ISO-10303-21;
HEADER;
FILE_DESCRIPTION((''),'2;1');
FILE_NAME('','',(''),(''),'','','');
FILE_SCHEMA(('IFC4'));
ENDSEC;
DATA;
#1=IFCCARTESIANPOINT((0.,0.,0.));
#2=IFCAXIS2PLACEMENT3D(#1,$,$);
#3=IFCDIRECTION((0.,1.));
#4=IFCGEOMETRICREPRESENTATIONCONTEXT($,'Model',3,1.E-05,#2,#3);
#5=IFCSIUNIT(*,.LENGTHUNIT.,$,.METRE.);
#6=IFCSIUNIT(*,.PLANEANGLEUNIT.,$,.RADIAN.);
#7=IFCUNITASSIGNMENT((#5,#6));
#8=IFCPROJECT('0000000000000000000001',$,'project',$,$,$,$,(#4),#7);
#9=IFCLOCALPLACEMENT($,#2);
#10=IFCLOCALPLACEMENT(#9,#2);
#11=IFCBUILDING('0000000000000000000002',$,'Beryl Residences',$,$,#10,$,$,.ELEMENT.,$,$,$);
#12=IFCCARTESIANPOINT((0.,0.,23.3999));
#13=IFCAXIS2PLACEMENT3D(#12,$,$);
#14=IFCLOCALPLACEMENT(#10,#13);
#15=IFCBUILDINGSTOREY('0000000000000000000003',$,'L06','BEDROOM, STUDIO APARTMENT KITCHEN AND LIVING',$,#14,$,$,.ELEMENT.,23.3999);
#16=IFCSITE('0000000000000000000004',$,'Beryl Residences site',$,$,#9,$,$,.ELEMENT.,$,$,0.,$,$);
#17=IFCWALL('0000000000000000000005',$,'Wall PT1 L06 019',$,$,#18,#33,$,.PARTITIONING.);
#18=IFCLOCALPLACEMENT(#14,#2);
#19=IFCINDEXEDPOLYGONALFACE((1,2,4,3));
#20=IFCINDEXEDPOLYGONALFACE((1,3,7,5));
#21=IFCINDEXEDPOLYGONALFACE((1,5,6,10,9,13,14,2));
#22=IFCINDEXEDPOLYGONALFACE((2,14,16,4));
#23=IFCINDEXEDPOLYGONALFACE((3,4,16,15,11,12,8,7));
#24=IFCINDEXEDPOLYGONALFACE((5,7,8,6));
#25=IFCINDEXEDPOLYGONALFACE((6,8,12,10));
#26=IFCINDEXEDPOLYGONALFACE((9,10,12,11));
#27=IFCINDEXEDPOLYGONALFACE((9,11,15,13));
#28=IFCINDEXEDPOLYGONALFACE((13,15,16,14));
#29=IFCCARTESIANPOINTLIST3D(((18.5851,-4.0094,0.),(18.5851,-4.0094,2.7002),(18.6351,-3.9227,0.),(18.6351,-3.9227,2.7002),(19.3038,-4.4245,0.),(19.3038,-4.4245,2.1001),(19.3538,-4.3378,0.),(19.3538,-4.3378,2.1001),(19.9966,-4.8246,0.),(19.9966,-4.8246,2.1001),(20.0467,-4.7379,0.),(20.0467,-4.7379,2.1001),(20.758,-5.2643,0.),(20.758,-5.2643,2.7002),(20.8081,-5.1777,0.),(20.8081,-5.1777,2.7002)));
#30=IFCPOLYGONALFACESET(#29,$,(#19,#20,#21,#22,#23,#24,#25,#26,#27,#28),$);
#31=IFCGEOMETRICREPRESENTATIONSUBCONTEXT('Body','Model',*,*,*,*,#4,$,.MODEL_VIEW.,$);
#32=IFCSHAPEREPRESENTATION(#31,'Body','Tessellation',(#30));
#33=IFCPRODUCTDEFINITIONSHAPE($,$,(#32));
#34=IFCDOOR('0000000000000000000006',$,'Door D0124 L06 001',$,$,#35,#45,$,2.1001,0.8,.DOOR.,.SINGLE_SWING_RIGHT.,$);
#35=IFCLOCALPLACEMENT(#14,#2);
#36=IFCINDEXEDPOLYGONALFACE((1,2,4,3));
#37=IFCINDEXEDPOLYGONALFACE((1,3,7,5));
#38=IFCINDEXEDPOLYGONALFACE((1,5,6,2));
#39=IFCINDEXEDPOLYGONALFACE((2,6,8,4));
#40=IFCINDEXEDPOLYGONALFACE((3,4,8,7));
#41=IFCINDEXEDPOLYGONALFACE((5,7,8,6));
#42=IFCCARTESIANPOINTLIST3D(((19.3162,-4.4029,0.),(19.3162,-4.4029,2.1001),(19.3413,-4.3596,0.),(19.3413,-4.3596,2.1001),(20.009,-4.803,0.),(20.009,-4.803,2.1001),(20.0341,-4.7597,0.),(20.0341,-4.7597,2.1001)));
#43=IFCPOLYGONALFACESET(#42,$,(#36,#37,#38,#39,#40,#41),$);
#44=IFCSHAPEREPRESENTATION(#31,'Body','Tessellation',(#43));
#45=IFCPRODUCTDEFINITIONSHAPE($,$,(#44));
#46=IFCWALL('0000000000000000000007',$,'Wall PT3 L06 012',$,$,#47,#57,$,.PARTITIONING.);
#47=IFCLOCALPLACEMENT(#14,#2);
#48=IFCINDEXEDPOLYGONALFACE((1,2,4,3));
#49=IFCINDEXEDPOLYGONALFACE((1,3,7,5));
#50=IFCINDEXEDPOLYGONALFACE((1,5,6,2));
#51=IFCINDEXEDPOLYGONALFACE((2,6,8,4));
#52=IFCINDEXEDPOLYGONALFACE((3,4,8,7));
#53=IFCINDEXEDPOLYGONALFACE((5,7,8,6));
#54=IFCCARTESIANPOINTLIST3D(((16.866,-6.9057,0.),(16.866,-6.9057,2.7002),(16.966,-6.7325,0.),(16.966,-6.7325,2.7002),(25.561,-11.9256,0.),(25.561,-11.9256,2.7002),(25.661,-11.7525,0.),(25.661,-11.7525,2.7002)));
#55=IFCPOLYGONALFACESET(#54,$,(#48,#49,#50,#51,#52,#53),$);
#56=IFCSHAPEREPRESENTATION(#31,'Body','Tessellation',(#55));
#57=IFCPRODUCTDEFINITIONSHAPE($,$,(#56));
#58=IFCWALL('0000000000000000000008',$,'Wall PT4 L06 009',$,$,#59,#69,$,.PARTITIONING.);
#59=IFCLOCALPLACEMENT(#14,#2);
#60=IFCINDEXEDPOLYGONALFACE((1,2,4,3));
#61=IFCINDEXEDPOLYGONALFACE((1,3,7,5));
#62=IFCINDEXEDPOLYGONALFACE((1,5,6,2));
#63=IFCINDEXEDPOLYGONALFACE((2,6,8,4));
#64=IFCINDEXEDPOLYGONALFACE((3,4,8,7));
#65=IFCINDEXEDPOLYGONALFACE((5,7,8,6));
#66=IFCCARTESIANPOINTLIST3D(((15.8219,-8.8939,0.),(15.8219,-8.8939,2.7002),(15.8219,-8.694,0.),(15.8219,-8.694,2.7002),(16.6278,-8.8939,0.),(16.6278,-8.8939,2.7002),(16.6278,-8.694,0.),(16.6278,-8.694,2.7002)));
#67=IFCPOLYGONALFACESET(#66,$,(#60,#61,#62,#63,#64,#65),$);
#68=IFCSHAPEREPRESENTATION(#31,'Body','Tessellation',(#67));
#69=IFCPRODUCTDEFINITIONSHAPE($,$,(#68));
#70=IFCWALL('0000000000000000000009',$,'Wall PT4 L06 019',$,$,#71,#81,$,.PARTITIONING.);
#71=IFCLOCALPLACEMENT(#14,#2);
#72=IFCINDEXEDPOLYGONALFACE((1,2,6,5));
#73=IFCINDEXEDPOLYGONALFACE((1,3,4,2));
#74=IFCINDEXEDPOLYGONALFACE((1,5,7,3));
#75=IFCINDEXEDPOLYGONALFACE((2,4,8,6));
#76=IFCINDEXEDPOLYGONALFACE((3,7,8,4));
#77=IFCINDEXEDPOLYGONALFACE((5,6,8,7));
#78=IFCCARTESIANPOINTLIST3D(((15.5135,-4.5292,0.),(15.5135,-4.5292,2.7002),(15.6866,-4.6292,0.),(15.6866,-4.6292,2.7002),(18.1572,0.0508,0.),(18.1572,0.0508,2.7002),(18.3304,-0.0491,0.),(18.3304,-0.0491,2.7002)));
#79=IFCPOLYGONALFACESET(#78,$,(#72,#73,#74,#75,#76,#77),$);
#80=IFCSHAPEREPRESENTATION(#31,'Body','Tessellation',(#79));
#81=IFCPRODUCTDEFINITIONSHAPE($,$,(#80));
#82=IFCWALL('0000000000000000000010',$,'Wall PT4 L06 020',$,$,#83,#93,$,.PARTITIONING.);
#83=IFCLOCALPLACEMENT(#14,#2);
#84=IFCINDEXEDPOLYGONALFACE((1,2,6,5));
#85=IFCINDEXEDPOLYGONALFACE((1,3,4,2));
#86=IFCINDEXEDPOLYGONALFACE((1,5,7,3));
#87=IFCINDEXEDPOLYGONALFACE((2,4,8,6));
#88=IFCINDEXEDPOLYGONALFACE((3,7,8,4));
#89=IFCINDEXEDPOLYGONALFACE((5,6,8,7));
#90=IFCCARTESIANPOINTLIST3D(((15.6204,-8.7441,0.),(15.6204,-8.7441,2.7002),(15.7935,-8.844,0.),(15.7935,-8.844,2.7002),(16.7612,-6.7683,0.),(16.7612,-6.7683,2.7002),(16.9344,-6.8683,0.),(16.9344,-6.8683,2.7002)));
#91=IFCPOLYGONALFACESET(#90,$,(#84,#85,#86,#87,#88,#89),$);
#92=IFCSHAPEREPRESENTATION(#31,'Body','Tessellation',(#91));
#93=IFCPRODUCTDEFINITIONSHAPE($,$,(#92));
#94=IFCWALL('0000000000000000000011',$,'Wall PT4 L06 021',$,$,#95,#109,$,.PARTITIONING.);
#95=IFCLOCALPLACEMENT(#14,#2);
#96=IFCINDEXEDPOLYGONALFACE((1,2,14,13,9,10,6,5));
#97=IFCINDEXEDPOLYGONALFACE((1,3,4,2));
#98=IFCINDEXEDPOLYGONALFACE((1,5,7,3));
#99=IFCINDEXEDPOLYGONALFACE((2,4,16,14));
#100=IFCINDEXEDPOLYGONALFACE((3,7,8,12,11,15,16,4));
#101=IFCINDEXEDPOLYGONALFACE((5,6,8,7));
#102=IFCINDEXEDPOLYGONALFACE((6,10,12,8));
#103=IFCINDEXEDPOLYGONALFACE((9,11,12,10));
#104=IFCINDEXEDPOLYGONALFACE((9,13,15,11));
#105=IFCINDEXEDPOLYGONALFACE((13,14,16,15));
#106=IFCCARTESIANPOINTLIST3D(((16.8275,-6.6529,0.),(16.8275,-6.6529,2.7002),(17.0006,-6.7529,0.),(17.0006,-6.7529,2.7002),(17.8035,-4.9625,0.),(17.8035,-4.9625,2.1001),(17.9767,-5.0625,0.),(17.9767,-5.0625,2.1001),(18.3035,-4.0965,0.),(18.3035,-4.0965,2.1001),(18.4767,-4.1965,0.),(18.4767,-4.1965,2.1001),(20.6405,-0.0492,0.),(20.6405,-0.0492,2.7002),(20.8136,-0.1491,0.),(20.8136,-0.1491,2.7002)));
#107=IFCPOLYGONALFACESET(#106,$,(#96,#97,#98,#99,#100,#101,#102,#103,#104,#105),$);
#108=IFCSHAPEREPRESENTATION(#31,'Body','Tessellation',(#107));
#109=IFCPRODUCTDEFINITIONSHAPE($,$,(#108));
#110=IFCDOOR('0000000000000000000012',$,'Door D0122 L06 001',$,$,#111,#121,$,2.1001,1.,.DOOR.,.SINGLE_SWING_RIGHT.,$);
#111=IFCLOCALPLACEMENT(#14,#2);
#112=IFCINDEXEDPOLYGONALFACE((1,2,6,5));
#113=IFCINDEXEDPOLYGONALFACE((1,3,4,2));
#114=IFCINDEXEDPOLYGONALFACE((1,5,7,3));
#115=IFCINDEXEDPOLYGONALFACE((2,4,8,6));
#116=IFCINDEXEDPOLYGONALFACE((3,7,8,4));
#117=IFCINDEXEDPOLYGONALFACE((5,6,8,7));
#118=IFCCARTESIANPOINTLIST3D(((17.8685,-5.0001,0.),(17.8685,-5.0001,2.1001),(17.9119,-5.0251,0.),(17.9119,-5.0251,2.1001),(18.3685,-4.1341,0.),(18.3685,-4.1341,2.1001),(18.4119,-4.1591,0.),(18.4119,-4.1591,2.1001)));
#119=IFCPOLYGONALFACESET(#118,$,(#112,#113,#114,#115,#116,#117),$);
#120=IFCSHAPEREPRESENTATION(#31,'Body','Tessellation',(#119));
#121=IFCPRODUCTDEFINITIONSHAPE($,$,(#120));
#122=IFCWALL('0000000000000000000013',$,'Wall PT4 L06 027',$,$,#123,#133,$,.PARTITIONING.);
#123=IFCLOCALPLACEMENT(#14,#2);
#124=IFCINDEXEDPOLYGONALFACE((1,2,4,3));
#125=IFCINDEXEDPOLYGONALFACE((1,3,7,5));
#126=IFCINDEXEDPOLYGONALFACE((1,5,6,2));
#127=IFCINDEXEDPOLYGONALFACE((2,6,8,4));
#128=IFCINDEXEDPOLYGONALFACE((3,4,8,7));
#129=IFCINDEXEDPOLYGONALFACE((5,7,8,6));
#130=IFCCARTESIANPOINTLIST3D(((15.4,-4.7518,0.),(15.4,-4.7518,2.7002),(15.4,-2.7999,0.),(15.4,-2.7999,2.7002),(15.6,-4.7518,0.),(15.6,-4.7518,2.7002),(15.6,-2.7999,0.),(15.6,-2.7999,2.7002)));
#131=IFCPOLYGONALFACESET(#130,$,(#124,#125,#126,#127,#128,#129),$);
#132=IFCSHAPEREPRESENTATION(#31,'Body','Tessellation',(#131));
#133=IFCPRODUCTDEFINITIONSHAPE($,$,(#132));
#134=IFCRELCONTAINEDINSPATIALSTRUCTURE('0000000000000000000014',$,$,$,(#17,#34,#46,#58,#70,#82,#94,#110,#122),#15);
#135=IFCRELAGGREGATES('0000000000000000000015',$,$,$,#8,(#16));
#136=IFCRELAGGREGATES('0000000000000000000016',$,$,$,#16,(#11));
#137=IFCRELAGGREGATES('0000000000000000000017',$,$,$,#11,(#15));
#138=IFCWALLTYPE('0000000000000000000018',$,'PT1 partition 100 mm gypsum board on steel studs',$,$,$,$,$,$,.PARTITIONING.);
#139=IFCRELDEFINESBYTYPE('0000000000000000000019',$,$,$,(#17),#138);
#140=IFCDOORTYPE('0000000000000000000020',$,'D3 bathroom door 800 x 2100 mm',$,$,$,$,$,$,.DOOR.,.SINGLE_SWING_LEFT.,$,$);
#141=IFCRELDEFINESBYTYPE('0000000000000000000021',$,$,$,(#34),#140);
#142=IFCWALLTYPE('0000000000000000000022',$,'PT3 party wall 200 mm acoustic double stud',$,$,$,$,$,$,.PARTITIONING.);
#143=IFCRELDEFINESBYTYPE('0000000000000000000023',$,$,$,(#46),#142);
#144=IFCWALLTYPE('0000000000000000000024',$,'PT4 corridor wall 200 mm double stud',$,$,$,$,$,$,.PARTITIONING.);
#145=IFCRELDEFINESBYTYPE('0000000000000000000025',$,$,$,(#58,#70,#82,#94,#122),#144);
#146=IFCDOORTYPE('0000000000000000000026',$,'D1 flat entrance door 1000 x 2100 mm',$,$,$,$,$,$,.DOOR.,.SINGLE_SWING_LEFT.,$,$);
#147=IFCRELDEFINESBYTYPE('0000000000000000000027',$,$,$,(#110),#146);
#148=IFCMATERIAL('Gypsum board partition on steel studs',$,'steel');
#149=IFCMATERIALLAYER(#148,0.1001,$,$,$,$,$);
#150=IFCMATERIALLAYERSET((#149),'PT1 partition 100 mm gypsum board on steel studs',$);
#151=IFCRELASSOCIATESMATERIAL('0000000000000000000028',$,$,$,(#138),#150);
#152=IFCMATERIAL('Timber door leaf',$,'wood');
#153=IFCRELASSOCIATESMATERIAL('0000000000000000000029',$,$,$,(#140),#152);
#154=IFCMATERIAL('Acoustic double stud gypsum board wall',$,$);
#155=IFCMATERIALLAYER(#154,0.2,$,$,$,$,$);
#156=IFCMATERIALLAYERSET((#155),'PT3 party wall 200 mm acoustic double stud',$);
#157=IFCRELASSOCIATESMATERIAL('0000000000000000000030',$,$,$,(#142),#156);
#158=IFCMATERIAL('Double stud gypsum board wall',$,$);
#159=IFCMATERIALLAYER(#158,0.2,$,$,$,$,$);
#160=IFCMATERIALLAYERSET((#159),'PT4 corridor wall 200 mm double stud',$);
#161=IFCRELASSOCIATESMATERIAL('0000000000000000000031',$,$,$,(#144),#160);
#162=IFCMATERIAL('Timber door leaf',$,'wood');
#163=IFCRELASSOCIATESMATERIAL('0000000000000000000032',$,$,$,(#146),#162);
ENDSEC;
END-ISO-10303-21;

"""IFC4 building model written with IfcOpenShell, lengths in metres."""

from ifc_helpers import new_model, si_unit, direction, frame, frame_2d, origin, place, context, subcontext, project, spatial, rectangle, extrude, material, layer, layer_set, type_object, element, fill, save


model = new_model("IFC4")

# Units and contexts
model_context = context("Model", 3, precision=1e-05, world=origin(), true_north=direction((0.0, 1.0)))
body_context = subcontext(model_context, "Body", "Model", "MODEL_VIEW")
ifc_project = project(units=[si_unit("LENGTHUNIT", "METRE"), si_unit("PLANEANGLEUNIT", "RADIAN")], contexts=[model_context])

# Site, building, storey
site_placement = place(None, origin())
site = spatial("IfcSite", under=ifc_project, at=site_placement, Name="Beryl Residences site", CompositionType="ELEMENT", RefElevation=0.0)
building_placement = place(site_placement, origin())
building = spatial("IfcBuilding", under=site, at=building_placement, Name="Beryl Residences", CompositionType="ELEMENT")
storey_placement = place(building_placement, frame((0.0, 0.0, 23.3999)))
storey = spatial("IfcBuildingStorey", under=building, at=storey_placement, Name="L06", Description="BEDROOM, STUDIO APARTMENT KITCHEN AND LIVING", CompositionType="ELEMENT", Elevation=23.3999)

# Shared definitions
ifc_material_1 = material(Name="Gypsum board partition on steel studs", Category="steel")
ifc_layer_1 = layer(ifc_material_1, 0.1001)
ifc_layer_set_1 = layer_set([ifc_layer_1], Name="PT1 partition 100 mm gypsum board on steel studs")
wall_type_1 = type_object("IfcWallType", Name="PT1 partition 100 mm gypsum board on steel studs", PredefinedType="PARTITIONING", material=ifc_layer_set_1)
ifc_material_2 = material(Name="Timber door leaf", Category="wood")
door_type_1 = type_object("IfcDoorType", Name="D3 bathroom door 800 x 2100 mm", OperationType="SINGLE_SWING_LEFT", PredefinedType="DOOR", material=ifc_material_2)

# Wall, opening, door
wall_1_placement = place(storey_placement, frame((18.6101, -3.9661, 0.0), z_axis=(0.0, 0.0, 1.0), x_axis=(0.865959, -0.500115, 0.0)))
wall_1 = element("IfcWall", 1, at=wall_1_placement, inside=storey, type_object=wall_type_1, Name="Wall PT1 L06 019", PredefinedType="PARTITIONING", context=body_context, shape_type="SweptSolid", body=[
    extrude(rectangle(XDim=2.5093, YDim=0.1001, at=frame_2d((1.2546, 0.0))), origin(), (0.0, 0.0, 1.0), 2.7002),
])
opening_1_placement = place(wall_1_placement, frame((0.8301, 0.0, 0.0)))
opening_1 = element("IfcOpeningElement", 2, at=opening_1_placement, cuts=wall_1, PredefinedType="OPENING", context=body_context, shape_type="SweptSolid", body=[
    extrude(rectangle(XDim=0.8, YDim=2.1001, at=frame_2d((0.3999, 1.05))), frame((0.0, 0.0601, 0.0), z_axis=(0.0, -1.0, 0.0), x_axis=(1.0, 0.0, 0.0)), (0.0, 0.0, 1.0), 0.1201),
])
door_1_placement = place(opening_1_placement, origin())
door_1 = element("IfcDoor", 3, at=door_1_placement, inside=storey, type_object=door_type_1, Name="Door D0124 L06 001", OperationType="SINGLE_SWING_RIGHT", OverallHeight=2.1001, OverallWidth=0.8, PredefinedType="DOOR", context=body_context, shape_type="SweptSolid", body=[
    extrude(rectangle(XDim=0.8, YDim=2.1001, at=frame_2d((0.3999, 1.05))), frame((0.0, 0.0249, 0.0), z_axis=(0.0, -1.0, 0.0), x_axis=(1.0, 0.0, 0.0)), (0.0, 0.0, 1.0), 0.05),
])
fill(opening_1, door_1)

# Walls
ifc_material_3 = material(Name="Acoustic double stud gypsum board wall")
ifc_layer_2 = layer(ifc_material_3, 0.2)
ifc_layer_set_2 = layer_set([ifc_layer_2], Name="PT3 party wall 200 mm acoustic double stud")
wall_type_2 = type_object("IfcWallType", Name="PT3 party wall 200 mm acoustic double stud", PredefinedType="PARTITIONING", material=ifc_layer_set_2)
wall_2_placement = place(storey_placement, frame((16.916, -6.8191, 0.0), z_axis=(0.0, 0.0, 1.0), x_axis=(0.866029, -0.499994, 0.0)))
element("IfcWall", 4, at=wall_2_placement, inside=storey, type_object=wall_type_2, Name="Wall PT3 L06 012", PredefinedType="PARTITIONING", context=body_context, shape_type="SweptSolid", body=[
    extrude(rectangle(XDim=10.04, YDim=0.2, at=frame_2d((5.02, 0.0))), origin(), (0.0, 0.0, 1.0), 2.7002),
])
ifc_material_4 = material(Name="Double stud gypsum board wall")
ifc_layer_3 = layer(ifc_material_4, 0.2)
ifc_layer_set_3 = layer_set([ifc_layer_3], Name="PT4 corridor wall 200 mm double stud")
wall_type_3 = type_object("IfcWallType", Name="PT4 corridor wall 200 mm double stud", PredefinedType="PARTITIONING", material=ifc_layer_set_3)
wall_3_placement = place(storey_placement, frame((15.822, -8.7939, 0.0), z_axis=(0.0, 0.0, 1.0), x_axis=(1.0, 0.0, 0.0)))
element("IfcWall", 5, at=wall_3_placement, inside=storey, type_object=wall_type_3, Name="Wall PT4 L06 009", PredefinedType="PARTITIONING", context=body_context, shape_type="SweptSolid", body=[
    extrude(rectangle(XDim=0.8059, YDim=0.2, at=frame_2d((0.4028, 0.0))), origin(), (0.0, 0.0, 1.0), 2.7002),
])
wall_4_placement = place(storey_placement, frame((15.6001, -4.5791, 0.0), z_axis=(0.0, 0.0, 1.0), x_axis=(0.499928, 0.866067, 0.0)))
element("IfcWall", 6, at=wall_4_placement, inside=storey, type_object=wall_type_3, Name="Wall PT4 L06 019", PredefinedType="PARTITIONING", context=body_context, shape_type="SweptSolid", body=[
    extrude(rectangle(XDim=5.2883, YDim=0.2, at=frame_2d((2.644, 0.0))), origin(), (0.0, 0.0, 1.0), 2.7002),
])
wall_5_placement = place(storey_placement, frame((15.707, -8.7939, 0.0), z_axis=(0.0, 0.0, 1.0), x_axis=(0.50004, 0.866002, 0.0)))
element("IfcWall", 7, at=wall_5_placement, inside=storey, type_object=wall_type_3, Name="Wall PT4 L06 020", PredefinedType="PARTITIONING", context=body_context, shape_type="SweptSolid", body=[
    extrude(rectangle(XDim=2.2815, YDim=0.2, at=frame_2d((1.1406, 0.0))), origin(), (0.0, 0.0, 1.0), 2.7002),
])

# Wall, opening, door
wall_6_placement = place(storey_placement, frame((16.9141, -6.7029, 0.0), z_axis=(0.0, 0.0, 1.0), x_axis=(0.50003, 0.866008, 0.0)))
wall_6 = element("IfcWall", 8, at=wall_6_placement, inside=storey, type_object=wall_type_3, Name="Wall PT4 L06 021", PredefinedType="PARTITIONING", context=body_context, shape_type="SweptSolid", body=[
    extrude(rectangle(XDim=7.6255, YDim=0.2, at=frame_2d((3.8127, 0.0))), origin(), (0.0, 0.0, 1.0), 2.7002),
])
opening_2_placement = place(wall_6_placement, frame((1.9519, 0.0, 0.0)))
opening_2 = element("IfcOpeningElement", 9, at=opening_2_placement, cuts=wall_6, PredefinedType="OPENING", context=body_context, shape_type="SweptSolid", body=[
    extrude(rectangle(XDim=1.0, YDim=2.1001, at=frame_2d((0.5, 1.05))), frame((0.0, 0.1099, 0.0), z_axis=(0.0, -1.0, 0.0), x_axis=(1.0, 0.0, 0.0)), (0.0, 0.0, 1.0), 0.22),
])
ifc_material_5 = material(Name="Timber door leaf", Category="wood")
door_type_2 = type_object("IfcDoorType", Name="D1 flat entrance door 1000 x 2100 mm", OperationType="SINGLE_SWING_LEFT", PredefinedType="DOOR", material=ifc_material_5)
door_2_placement = place(opening_2_placement, origin())
door_2 = element("IfcDoor", 10, at=door_2_placement, inside=storey, type_object=door_type_2, Name="Door D0122 L06 001", OperationType="SINGLE_SWING_RIGHT", OverallHeight=2.1001, OverallWidth=1.0, PredefinedType="DOOR", context=body_context, shape_type="SweptSolid", body=[
    extrude(rectangle(XDim=1.0, YDim=2.1001, at=frame_2d((0.5, 1.05))), frame((0.0, 0.0249, 0.0), z_axis=(0.0, -1.0, 0.0), x_axis=(1.0, 0.0, 0.0)), (0.0, 0.0, 1.0), 0.05),
])
fill(opening_2, door_2)

# Wall
wall_7_placement = place(storey_placement, frame((15.5, -4.752, 0.0), z_axis=(0.0, 0.0, 1.0), x_axis=(0.0, 1.0, 0.0)))
element("IfcWall", 11, at=wall_7_placement, inside=storey, type_object=wall_type_3, Name="Wall PT4 L06 027", PredefinedType="PARTITIONING", context=body_context, shape_type="SweptSolid", body=[
    extrude(rectangle(XDim=1.9519, YDim=0.2, at=frame_2d((0.9761, 0.0))), origin(), (0.0, 0.0, 1.0), 2.7002),
])

save(model, "model.ifc")
